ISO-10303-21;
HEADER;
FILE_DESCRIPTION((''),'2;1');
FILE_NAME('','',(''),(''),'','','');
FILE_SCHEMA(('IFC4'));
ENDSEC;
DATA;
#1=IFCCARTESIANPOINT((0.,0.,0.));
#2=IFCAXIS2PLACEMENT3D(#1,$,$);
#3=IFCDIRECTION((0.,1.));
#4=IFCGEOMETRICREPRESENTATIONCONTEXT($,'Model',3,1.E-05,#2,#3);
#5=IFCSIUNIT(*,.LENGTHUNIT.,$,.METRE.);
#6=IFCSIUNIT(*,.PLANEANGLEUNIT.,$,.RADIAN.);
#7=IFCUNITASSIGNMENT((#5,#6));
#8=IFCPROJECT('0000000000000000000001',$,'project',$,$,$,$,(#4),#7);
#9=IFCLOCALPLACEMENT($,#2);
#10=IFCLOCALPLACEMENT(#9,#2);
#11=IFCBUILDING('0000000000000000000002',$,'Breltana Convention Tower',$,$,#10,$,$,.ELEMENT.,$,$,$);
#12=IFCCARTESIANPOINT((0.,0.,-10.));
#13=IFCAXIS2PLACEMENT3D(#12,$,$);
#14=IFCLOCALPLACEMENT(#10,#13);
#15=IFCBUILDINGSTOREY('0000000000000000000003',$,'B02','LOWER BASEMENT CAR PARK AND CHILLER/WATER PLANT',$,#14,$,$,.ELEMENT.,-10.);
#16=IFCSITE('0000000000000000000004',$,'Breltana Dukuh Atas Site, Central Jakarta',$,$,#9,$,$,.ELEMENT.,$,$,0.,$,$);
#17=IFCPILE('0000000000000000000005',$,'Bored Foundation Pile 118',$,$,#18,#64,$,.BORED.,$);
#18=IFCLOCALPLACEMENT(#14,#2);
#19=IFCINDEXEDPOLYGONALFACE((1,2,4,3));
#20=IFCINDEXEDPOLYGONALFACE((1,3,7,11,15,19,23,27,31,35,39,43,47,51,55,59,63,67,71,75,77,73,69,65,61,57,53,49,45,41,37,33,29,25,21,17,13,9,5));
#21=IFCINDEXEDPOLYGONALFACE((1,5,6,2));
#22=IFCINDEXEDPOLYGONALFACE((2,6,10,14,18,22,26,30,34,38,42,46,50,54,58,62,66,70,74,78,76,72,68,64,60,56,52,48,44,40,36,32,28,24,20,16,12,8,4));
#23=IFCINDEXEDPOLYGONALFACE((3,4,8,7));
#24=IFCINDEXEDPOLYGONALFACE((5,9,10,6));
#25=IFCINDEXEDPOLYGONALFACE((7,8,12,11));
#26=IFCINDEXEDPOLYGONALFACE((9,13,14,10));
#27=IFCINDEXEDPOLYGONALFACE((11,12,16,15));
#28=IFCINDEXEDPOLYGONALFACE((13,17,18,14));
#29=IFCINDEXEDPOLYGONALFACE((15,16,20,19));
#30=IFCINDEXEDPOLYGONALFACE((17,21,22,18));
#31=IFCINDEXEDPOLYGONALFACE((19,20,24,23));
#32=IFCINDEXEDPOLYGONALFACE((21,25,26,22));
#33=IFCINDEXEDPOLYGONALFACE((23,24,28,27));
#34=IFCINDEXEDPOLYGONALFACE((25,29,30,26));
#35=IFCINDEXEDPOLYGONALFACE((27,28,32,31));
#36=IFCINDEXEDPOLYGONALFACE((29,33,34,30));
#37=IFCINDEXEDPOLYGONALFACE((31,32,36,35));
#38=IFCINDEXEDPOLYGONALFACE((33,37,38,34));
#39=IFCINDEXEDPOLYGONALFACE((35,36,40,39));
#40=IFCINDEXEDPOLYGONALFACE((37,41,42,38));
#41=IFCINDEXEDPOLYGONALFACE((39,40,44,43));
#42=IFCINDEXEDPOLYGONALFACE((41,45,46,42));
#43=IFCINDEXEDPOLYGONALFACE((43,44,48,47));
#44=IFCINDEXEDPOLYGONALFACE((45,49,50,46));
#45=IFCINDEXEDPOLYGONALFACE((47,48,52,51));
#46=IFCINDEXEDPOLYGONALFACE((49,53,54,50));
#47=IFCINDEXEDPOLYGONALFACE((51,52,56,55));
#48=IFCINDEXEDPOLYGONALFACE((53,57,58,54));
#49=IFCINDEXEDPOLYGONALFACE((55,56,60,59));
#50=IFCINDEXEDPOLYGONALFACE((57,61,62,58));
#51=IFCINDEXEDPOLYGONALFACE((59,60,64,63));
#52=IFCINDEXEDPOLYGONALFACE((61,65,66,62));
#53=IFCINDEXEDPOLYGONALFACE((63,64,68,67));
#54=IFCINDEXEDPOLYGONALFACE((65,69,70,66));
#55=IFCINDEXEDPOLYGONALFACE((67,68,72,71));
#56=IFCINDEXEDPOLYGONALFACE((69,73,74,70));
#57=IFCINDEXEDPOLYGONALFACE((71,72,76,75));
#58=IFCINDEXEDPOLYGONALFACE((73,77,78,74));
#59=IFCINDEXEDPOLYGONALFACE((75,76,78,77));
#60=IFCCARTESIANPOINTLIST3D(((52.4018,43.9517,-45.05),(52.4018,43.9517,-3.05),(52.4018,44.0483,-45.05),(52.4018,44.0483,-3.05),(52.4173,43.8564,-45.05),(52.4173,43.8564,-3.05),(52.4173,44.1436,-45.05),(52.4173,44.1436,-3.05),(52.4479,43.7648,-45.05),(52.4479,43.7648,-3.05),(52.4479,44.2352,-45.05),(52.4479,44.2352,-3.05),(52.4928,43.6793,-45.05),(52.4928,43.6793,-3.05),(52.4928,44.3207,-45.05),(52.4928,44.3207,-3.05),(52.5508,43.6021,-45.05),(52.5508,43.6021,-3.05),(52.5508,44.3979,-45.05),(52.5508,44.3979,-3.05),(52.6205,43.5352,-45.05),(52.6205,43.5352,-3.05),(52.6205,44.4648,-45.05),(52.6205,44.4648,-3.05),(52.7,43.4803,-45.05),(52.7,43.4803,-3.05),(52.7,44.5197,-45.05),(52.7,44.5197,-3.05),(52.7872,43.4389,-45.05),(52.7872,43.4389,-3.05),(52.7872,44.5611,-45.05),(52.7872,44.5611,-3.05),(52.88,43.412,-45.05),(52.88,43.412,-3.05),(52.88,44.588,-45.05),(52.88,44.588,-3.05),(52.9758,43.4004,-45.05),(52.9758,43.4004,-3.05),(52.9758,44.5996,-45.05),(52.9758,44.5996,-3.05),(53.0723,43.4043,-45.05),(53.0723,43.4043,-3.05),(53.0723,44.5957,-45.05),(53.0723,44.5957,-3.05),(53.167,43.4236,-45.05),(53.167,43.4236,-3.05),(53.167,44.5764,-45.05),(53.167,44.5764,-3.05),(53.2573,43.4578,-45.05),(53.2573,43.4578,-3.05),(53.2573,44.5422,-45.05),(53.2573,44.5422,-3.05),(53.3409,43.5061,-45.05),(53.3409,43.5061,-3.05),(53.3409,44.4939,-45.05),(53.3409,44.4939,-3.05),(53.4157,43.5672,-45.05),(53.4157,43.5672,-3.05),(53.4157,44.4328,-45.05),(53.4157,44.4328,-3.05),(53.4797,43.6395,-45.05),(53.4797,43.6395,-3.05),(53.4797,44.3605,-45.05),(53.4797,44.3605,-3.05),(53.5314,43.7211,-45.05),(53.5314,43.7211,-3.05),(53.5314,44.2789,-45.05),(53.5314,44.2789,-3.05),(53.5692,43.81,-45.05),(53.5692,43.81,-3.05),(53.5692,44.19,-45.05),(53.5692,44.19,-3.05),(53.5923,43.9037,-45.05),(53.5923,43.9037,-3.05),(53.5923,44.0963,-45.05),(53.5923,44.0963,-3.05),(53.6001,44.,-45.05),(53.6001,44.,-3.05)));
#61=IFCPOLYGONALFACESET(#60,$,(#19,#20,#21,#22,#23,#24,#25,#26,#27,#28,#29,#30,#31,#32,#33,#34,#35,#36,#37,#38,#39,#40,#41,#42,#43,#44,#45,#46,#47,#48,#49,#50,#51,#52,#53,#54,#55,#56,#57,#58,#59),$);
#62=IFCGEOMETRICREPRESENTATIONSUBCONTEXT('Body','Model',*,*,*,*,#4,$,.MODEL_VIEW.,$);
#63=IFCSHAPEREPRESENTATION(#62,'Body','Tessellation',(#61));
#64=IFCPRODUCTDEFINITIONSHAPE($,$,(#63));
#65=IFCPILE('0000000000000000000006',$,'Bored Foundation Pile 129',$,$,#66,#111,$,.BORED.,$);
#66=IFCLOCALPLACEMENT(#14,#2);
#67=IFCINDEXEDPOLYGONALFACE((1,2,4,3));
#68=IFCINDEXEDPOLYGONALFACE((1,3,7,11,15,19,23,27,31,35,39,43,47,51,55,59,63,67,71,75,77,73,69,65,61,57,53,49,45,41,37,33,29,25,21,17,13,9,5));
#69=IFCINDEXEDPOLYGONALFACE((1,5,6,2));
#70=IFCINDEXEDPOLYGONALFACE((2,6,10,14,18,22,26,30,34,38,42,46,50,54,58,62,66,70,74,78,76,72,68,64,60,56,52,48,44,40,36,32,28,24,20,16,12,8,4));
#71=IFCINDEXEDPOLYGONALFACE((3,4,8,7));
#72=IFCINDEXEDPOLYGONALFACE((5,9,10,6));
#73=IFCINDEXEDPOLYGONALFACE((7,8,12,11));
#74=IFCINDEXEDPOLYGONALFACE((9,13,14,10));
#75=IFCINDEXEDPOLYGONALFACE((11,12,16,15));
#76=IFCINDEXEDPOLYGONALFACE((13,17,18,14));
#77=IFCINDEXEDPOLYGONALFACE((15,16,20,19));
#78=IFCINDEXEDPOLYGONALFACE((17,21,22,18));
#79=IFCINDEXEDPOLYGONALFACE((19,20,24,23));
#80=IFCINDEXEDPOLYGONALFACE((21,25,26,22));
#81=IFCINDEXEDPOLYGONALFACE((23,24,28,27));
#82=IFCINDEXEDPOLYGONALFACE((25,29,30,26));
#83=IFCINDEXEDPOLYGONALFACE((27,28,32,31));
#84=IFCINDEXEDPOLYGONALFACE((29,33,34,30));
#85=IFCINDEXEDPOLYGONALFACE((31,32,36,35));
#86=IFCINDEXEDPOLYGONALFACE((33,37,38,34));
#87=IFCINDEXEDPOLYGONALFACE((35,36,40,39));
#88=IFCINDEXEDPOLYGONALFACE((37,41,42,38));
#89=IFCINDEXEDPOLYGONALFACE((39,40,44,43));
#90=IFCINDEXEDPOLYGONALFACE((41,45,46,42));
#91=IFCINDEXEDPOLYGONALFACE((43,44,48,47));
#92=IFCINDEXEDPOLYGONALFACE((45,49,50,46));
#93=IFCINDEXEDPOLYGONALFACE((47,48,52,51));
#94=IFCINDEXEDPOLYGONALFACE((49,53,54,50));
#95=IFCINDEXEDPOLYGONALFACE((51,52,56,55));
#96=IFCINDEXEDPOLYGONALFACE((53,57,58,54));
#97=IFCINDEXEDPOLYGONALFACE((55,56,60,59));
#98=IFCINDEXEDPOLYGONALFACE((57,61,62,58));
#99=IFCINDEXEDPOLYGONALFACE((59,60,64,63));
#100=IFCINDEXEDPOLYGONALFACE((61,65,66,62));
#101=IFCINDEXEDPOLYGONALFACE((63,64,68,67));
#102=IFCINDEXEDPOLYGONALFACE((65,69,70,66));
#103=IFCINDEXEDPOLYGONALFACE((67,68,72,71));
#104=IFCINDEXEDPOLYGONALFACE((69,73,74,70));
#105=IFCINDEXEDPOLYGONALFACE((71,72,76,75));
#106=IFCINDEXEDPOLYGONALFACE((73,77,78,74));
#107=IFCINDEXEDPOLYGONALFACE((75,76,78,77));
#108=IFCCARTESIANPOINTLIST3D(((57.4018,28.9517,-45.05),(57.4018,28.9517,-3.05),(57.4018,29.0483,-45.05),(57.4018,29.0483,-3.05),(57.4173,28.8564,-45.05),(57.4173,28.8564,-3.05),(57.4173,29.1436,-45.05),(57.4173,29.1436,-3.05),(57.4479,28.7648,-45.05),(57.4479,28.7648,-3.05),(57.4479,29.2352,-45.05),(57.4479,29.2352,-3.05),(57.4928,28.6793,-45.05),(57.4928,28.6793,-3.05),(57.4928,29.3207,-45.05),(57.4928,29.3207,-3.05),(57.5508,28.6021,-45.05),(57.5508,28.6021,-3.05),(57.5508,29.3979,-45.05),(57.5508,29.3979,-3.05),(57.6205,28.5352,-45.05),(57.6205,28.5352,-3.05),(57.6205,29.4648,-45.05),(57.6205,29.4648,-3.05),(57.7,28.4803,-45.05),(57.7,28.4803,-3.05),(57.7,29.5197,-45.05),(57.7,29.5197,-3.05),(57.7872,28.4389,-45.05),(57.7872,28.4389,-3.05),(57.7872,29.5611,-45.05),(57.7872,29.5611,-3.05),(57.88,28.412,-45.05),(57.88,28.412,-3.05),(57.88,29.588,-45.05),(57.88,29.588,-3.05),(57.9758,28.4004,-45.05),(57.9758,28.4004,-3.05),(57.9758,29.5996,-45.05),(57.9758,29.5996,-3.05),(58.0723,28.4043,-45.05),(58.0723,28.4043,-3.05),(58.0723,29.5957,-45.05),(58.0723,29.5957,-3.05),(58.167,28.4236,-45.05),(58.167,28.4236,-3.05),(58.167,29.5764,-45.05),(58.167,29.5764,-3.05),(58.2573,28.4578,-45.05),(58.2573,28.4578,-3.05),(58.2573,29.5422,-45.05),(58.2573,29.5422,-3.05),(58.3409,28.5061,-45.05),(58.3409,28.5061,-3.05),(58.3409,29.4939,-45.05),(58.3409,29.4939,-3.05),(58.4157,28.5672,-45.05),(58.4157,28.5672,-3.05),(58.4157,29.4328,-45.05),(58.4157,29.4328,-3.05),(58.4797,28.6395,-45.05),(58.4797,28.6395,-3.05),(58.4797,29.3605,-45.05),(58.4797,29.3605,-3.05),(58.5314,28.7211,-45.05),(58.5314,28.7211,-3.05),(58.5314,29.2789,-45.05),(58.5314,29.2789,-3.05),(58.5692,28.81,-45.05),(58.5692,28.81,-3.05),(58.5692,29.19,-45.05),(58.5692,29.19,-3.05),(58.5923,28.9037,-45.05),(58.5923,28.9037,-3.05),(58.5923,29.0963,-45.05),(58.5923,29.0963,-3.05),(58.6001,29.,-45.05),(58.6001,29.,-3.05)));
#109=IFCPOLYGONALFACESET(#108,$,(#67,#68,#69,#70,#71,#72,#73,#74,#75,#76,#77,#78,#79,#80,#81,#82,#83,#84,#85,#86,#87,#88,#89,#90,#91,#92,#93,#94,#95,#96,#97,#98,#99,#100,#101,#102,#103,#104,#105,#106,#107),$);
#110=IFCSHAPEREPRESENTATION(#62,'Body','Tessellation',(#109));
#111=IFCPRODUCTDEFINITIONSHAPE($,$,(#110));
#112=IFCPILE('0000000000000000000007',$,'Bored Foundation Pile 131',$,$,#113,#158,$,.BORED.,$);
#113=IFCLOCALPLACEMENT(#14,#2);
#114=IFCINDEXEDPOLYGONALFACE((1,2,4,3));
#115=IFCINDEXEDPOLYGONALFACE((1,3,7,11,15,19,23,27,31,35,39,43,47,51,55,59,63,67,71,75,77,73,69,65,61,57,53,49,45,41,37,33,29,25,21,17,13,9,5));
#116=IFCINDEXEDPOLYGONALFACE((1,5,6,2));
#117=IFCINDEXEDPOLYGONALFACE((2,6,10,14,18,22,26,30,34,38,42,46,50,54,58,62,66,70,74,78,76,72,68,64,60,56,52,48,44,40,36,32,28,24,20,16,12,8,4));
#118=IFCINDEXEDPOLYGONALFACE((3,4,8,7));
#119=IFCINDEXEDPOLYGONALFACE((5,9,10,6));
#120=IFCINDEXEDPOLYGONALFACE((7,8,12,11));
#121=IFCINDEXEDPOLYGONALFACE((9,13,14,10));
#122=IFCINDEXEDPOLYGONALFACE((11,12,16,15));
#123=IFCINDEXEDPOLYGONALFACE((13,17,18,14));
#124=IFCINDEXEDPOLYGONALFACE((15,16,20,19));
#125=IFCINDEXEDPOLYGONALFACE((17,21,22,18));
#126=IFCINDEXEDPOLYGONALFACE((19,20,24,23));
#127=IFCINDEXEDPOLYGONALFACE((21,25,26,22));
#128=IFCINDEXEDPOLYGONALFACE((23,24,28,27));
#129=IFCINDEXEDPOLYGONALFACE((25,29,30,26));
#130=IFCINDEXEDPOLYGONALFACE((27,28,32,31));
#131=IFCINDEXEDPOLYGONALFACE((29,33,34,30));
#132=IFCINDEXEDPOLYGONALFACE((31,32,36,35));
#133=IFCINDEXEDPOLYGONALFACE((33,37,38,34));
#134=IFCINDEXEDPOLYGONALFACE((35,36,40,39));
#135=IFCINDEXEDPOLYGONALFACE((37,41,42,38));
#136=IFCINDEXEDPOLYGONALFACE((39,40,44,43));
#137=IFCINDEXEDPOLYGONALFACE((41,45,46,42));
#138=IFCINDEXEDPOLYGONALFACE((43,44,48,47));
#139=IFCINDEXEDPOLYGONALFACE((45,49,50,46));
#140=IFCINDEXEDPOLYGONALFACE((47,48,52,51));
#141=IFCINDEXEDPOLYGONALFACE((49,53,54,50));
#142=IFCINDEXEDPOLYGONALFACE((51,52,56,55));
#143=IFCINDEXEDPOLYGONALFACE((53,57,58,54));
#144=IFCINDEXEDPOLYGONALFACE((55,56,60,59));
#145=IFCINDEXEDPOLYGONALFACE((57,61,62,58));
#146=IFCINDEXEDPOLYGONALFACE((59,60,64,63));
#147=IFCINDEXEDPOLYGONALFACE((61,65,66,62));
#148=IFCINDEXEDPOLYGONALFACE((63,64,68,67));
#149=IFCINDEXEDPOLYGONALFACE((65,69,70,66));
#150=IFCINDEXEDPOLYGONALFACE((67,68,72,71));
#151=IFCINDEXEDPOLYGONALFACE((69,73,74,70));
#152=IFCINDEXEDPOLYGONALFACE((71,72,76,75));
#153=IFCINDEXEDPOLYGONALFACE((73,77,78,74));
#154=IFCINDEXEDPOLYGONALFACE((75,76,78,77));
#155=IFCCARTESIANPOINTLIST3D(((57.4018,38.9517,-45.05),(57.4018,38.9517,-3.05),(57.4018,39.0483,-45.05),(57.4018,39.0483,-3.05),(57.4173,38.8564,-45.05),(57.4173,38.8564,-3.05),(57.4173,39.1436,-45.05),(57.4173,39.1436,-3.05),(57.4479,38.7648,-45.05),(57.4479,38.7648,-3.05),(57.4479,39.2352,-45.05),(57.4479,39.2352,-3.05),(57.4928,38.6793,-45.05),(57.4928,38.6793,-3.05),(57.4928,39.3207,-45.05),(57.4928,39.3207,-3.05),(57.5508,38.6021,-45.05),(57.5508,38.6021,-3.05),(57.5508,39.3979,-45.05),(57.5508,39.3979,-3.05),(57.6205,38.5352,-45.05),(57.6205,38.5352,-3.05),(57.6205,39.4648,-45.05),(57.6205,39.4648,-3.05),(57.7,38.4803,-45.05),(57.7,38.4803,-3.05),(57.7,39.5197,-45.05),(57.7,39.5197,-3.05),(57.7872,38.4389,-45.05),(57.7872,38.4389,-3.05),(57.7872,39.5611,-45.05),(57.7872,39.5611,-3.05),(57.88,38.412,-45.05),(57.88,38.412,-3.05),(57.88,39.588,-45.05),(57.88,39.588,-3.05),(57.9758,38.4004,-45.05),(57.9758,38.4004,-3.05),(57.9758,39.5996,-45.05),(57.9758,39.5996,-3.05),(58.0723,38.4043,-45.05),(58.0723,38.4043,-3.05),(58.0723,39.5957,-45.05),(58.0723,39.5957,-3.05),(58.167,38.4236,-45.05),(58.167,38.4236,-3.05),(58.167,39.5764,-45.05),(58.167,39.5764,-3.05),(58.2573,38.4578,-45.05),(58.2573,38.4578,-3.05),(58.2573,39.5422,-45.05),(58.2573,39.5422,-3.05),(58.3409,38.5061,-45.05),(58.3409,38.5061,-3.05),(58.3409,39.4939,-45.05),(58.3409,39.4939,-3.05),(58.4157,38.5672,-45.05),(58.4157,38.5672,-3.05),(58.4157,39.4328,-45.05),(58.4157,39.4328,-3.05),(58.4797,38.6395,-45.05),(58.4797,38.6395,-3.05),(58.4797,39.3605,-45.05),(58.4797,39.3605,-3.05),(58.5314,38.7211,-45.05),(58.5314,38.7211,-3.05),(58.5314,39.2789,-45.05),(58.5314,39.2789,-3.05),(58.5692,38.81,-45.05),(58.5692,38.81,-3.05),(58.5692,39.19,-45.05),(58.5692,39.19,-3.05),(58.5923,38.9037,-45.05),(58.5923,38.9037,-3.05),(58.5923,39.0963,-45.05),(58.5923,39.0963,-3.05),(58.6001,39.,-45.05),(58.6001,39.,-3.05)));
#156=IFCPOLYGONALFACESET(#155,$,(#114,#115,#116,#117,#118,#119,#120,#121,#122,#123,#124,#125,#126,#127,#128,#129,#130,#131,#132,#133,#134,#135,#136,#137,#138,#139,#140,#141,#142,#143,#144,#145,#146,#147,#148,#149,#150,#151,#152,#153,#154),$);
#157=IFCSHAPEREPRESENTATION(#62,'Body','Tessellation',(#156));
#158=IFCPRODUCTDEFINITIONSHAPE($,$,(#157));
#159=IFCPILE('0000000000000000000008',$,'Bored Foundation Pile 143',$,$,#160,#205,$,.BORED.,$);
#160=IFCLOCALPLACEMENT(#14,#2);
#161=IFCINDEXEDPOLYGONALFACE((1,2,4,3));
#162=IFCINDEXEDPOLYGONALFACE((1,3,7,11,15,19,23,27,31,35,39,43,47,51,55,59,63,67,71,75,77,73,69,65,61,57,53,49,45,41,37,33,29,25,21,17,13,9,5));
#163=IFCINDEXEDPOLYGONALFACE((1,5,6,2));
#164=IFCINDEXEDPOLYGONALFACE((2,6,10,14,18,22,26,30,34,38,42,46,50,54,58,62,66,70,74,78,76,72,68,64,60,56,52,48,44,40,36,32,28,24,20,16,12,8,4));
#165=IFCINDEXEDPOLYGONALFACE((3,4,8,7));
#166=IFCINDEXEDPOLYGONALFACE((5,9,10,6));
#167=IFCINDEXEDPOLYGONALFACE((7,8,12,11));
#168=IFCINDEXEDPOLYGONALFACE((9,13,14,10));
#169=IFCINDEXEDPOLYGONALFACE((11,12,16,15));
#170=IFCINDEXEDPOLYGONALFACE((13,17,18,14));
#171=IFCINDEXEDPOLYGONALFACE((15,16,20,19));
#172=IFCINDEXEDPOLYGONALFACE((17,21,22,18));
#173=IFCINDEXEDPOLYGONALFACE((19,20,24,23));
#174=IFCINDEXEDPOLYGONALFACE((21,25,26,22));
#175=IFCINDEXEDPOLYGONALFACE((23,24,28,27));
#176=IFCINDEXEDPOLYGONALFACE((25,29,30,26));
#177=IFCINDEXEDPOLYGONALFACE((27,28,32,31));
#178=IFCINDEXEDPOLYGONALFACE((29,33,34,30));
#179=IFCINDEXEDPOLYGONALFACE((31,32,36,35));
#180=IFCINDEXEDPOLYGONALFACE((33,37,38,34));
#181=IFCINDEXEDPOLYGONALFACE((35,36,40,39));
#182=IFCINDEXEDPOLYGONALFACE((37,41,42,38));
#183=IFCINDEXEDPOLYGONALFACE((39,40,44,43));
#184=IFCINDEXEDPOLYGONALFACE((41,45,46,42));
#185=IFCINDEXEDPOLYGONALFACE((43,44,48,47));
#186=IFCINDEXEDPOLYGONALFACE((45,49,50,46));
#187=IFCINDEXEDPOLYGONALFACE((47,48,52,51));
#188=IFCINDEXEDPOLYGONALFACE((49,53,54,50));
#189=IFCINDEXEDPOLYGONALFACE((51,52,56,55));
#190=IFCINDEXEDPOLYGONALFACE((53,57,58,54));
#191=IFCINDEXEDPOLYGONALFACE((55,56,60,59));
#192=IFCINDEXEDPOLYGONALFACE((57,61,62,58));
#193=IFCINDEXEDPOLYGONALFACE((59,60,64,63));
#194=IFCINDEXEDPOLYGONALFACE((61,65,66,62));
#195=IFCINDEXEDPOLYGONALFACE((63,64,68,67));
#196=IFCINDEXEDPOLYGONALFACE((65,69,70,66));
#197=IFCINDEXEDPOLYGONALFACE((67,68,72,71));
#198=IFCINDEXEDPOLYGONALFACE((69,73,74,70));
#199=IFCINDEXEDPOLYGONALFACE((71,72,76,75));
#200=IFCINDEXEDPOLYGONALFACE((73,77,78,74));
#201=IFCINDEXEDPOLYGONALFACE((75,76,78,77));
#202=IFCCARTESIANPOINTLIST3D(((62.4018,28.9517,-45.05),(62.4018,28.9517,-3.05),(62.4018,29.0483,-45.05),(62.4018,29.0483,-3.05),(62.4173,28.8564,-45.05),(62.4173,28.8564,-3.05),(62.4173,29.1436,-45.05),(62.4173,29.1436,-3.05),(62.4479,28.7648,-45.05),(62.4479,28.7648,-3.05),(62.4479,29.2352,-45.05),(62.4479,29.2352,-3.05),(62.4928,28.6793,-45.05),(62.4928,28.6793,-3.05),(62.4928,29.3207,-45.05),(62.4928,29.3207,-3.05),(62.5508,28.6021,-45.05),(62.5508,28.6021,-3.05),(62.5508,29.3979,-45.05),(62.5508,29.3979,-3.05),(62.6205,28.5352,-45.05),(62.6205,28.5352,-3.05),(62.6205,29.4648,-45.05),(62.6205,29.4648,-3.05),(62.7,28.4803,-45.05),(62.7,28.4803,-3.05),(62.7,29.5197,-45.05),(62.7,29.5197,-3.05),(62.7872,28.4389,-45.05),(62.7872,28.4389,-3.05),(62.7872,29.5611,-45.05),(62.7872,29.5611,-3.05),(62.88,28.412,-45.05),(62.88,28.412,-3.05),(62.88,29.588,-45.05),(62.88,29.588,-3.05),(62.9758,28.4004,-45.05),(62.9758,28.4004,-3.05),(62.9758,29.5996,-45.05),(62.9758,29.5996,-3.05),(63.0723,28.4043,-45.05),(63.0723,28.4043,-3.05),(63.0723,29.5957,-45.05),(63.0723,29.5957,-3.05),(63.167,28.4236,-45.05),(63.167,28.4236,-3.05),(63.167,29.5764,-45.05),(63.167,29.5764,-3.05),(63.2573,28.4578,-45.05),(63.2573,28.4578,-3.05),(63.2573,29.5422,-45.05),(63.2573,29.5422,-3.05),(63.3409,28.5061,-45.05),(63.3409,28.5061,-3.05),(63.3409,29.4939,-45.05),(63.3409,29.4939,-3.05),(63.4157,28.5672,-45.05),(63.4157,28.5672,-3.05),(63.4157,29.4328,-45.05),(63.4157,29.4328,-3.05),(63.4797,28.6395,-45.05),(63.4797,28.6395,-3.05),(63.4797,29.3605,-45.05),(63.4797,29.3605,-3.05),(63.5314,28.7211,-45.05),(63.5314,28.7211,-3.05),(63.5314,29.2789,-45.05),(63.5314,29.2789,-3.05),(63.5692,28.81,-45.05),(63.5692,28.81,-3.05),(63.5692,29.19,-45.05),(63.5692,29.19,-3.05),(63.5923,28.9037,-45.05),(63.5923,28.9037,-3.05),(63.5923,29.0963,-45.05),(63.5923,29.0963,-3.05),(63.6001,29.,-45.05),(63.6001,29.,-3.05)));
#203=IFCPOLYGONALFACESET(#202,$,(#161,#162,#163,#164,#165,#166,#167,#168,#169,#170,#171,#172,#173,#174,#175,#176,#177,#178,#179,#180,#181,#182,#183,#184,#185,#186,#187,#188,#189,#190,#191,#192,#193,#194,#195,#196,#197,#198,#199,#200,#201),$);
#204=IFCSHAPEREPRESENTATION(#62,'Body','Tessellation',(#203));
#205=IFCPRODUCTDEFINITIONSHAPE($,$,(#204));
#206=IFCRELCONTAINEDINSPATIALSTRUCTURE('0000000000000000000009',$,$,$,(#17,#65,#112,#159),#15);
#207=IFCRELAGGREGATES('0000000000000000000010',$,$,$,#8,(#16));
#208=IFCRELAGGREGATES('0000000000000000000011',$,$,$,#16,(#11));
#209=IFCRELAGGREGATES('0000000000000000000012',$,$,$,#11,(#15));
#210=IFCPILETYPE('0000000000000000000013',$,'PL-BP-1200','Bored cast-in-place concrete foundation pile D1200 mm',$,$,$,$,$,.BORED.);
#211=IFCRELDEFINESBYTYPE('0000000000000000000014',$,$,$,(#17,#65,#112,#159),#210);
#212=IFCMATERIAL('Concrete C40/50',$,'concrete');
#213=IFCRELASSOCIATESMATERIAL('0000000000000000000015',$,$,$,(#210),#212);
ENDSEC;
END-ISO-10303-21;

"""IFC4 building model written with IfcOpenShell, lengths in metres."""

from ifc_helpers import new_model, si_unit, direction, frame, origin, origin_2d, place, context, subcontext, project, spatial, circle, extrude, source, transform, mapped, material, material_profile, profile_set, type_object, type_shapes, element, save


model = new_model("IFC4")

# Units and contexts
model_context = context("Model", 3, precision=1e-05, world=origin(), true_north=direction((0.0, 1.0)))
body_context = subcontext(model_context, "Body", "Model", "MODEL_VIEW")
ifc_project = project(units=[si_unit("LENGTHUNIT", "METRE"), si_unit("PLANEANGLEUNIT", "RADIAN")], contexts=[model_context])

# Site, building, storey
site_placement = place(None, origin())
site = spatial("IfcSite", under=ifc_project, at=site_placement, Name="Breltana Dukuh Atas Site, Central Jakarta", CompositionType="ELEMENT", RefElevation=0.0)
building_placement = place(site_placement, origin())
building = spatial("IfcBuilding", under=site, at=building_placement, Name="Breltana Convention Tower", CompositionType="ELEMENT")
storey_placement = place(building_placement, frame((0.0, 0.0, -10.0)))
storey = spatial("IfcBuildingStorey", under=building, at=storey_placement, Name="B02", Description="LOWER BASEMENT CAR PARK AND CHILLER/WATER PLANT", CompositionType="ELEMENT", Elevation=-10.0)

# Piles
ifc_material_1 = material(Name="Concrete C40/50", Category="concrete")
ifc_material_profile_1 = material_profile(ifc_material_1, circle(Radius=0.6001, at=origin_2d()), Name="BP-D1200")
ifc_profile_set_1 = profile_set([ifc_material_profile_1], Name="Concrete C40/50")
pile_type_1 = type_object("IfcPileType", Name="PL-BP-1200", Description="Bored cast-in-place concrete foundation pile D1200 mm", PredefinedType="BORED", material=ifc_profile_set_1)
shared_shape_1 = source(origin(), body_context, "Body", "SweptSolid", [
    extrude(circle(Radius=0.6001, at=origin_2d()), origin(), (0.0, 0.0, 1.0), 42.0),
])
type_shapes(pile_type_1, [shared_shape_1])
for number, where, z_axis, x_axis, name in (
    (1, (53.0, 44.0, -3.05), (0.0, 0.0, -1.0), (1.0, 0.0, 0.0), "Bored Foundation Pile 118"),
    (2, (58.0, 29.0, -3.05), (0.0, 0.0, -1.0), (1.0, 0.0, 0.0), "Bored Foundation Pile 129"),
    (3, (58.0, 39.0, -3.05), (0.0, 0.0, -1.0), (1.0, 0.0, 0.0), "Bored Foundation Pile 131"),
    (4, (63.0, 29.0, -3.05), (0.0, 0.0, -1.0), (1.0, 0.0, 0.0), "Bored Foundation Pile 143"),
):
    element("IfcPile", number, at=place(storey_placement, frame(where, z_axis=z_axis, x_axis=x_axis)), inside=storey, type_object=pile_type_1, Name=name, PredefinedType="BORED", context=body_context, shape_type="MappedRepresentation", body=[
        mapped(shared_shape_1, transform((0.0, 0.0, 0.0), scale=1.0)),
    ])

save(model, "model.ifc")
